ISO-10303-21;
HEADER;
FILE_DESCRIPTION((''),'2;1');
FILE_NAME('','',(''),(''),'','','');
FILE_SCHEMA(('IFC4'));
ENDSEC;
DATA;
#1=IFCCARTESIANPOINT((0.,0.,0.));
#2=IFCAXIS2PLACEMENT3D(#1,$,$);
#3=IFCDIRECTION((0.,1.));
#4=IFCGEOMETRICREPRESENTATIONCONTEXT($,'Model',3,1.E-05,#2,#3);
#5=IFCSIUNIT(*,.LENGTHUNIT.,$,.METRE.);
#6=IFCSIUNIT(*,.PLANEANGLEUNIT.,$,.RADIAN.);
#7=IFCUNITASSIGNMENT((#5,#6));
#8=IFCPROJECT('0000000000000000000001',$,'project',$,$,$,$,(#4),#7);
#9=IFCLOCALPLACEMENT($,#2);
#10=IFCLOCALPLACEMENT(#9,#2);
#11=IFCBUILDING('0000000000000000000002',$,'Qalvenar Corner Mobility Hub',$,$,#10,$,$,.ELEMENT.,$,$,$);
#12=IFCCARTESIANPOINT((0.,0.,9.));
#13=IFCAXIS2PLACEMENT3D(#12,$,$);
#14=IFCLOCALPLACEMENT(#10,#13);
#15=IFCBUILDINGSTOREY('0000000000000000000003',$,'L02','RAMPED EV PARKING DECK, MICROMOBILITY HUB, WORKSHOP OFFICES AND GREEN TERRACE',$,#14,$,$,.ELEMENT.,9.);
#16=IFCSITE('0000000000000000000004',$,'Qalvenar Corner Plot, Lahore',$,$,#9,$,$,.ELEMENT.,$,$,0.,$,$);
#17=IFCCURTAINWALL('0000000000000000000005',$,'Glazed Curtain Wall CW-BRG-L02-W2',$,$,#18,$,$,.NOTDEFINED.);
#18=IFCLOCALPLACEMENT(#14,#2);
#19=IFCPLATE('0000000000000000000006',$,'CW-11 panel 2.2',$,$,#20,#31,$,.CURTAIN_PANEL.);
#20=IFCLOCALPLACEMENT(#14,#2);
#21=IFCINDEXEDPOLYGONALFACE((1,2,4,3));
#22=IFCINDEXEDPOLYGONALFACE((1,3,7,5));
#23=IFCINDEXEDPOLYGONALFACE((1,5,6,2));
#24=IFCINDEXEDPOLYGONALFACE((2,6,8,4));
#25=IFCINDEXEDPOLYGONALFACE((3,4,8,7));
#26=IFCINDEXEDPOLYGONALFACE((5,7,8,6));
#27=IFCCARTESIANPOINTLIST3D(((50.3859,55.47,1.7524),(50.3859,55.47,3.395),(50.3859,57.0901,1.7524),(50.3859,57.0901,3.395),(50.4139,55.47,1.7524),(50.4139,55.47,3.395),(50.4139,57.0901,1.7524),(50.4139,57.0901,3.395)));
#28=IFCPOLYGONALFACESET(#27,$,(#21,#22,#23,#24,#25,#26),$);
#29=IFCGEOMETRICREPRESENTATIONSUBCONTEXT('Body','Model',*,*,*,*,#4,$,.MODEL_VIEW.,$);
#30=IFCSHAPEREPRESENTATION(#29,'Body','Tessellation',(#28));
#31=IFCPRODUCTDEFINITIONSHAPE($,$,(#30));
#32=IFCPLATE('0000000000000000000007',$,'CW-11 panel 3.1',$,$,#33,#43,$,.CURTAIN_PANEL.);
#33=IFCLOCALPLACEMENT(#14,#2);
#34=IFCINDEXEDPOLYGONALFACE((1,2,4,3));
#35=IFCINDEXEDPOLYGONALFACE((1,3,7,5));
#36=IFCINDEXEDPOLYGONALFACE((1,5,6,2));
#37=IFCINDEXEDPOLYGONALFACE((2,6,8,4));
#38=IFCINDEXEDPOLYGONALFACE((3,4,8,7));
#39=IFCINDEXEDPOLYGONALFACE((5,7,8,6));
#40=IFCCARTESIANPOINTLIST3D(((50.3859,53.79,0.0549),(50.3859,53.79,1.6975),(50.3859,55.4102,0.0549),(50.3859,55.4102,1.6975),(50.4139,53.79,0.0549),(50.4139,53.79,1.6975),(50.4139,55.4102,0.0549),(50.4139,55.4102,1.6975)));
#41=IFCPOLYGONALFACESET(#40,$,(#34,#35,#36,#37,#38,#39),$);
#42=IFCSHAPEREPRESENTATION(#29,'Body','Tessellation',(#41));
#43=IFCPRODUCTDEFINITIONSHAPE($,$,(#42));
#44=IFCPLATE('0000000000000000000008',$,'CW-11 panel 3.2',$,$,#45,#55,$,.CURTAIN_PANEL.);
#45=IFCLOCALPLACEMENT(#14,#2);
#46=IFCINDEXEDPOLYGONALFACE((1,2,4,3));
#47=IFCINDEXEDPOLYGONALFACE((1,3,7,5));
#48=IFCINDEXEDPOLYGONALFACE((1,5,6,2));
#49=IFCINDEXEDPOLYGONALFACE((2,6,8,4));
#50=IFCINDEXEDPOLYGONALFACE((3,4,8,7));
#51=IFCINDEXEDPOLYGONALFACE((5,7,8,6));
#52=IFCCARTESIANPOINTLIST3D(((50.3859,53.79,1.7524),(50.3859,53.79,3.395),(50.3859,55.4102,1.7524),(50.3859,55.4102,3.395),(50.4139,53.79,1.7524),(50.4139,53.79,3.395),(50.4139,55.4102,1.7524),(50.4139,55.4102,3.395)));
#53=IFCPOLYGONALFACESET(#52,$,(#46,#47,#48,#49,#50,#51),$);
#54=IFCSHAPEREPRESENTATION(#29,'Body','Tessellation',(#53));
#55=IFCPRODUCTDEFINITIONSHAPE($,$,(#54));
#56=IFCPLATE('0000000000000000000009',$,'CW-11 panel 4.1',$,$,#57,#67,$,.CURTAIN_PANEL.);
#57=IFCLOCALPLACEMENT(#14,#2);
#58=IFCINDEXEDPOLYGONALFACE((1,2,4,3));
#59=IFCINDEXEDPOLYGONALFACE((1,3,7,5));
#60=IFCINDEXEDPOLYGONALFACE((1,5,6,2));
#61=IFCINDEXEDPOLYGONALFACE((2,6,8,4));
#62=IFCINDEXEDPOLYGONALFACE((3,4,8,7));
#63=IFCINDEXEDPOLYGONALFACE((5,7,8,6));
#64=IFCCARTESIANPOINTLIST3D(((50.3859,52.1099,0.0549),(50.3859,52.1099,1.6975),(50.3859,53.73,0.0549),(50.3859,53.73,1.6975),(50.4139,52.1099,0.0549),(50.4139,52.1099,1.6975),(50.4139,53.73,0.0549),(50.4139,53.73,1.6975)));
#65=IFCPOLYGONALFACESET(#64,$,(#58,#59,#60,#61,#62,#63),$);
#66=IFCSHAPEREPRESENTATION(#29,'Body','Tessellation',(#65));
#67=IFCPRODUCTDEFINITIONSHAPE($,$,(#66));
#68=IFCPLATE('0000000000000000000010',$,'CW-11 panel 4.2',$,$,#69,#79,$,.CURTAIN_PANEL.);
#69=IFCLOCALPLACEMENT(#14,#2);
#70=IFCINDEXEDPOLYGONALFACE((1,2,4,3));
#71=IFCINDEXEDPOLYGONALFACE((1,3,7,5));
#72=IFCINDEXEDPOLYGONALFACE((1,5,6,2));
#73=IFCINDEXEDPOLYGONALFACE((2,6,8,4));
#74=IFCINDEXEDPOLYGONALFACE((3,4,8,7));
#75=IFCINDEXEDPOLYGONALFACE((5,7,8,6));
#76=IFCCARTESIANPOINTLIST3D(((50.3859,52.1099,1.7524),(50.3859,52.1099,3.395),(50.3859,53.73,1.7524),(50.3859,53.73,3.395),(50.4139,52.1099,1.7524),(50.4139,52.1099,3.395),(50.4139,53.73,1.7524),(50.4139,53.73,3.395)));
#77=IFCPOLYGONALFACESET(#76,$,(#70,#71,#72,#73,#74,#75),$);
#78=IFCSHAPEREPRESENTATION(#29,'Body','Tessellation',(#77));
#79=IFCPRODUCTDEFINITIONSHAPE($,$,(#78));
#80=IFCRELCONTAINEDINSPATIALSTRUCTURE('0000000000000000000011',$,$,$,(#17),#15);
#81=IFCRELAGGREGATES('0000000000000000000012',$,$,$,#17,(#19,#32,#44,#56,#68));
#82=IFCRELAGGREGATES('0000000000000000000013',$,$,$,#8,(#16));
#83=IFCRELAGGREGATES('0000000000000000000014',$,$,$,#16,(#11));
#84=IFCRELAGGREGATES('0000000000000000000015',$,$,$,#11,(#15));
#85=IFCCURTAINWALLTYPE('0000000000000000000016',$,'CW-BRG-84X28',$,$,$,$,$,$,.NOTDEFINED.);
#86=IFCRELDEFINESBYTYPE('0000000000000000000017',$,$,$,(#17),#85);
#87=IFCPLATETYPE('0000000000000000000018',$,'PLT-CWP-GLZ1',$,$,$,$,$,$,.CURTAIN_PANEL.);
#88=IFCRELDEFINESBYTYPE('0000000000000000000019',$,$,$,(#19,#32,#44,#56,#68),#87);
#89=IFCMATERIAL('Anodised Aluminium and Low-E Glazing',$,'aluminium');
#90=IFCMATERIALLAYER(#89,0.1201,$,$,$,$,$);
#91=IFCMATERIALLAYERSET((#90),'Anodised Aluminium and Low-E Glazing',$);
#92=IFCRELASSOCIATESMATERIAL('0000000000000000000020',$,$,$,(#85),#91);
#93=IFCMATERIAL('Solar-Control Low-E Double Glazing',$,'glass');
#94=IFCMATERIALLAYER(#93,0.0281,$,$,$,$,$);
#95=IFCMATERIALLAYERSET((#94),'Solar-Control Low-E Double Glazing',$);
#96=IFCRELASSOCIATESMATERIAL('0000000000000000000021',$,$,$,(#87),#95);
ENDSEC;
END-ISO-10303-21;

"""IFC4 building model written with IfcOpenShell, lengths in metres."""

from ifc_helpers import new_model, si_unit, direction, frame, origin, origin_2d, place, context, subcontext, project, spatial, rectangle, extrude, material, layer, layer_set, type_object, element, aggregate, save


model = new_model("IFC4")

# Units and contexts
model_context = context("Model", 3, precision=1e-05, world=origin(), true_north=direction((0.0, 1.0)))
body_context = subcontext(model_context, "Body", "Model", "MODEL_VIEW")
ifc_project = project(units=[si_unit("LENGTHUNIT", "METRE"), si_unit("PLANEANGLEUNIT", "RADIAN")], contexts=[model_context])

# Site, building, storey
site_placement = place(None, origin())
site = spatial("IfcSite", under=ifc_project, at=site_placement, Name="Qalvenar Corner Plot, Lahore", CompositionType="ELEMENT", RefElevation=0.0)
building_placement = place(site_placement, origin())
building = spatial("IfcBuilding", under=site, at=building_placement, Name="Qalvenar Corner Mobility Hub", CompositionType="ELEMENT")
storey_placement = place(building_placement, frame((0.0, 0.0, 9.0)))
storey = spatial("IfcBuildingStorey", under=building, at=storey_placement, Name="L02", Description="RAMPED EV PARKING DECK, MICROMOBILITY HUB, WORKSHOP OFFICES AND GREEN TERRACE", CompositionType="ELEMENT", Elevation=9.0)

# Curtain wall
ifc_material_1 = material(Name="Anodised Aluminium and Low-E Glazing", Category="aluminium")
ifc_layer_1 = layer(ifc_material_1, 0.1201)
ifc_layer_set_1 = layer_set([ifc_layer_1], Name="Anodised Aluminium and Low-E Glazing")
curtain_wall_type = type_object("IfcCurtainWallType", Name="CW-BRG-84X28", PredefinedType="NOTDEFINED", material=ifc_layer_set_1)
curtain_wall_placement = place(storey_placement, origin())
curtain_wall = element("IfcCurtainWall", 1, at=curtain_wall_placement, inside=storey, type_object=curtain_wall_type, Name="Glazed Curtain Wall CW-BRG-L02-W2", PredefinedType="NOTDEFINED")

# Plates
ifc_material_2 = material(Name="Solar-Control Low-E Double Glazing", Category="glass")
ifc_layer_2 = layer(ifc_material_2, 0.0281)
ifc_layer_set_2 = layer_set([ifc_layer_2], Name="Solar-Control Low-E Double Glazing")
plate_type_1 = type_object("IfcPlateType", Name="PLT-CWP-GLZ1", PredefinedType="CURTAIN_PANEL", material=ifc_layer_set_2)
plate_1_placement = place(storey_placement, frame((50.3999, 56.28, 1.7524), z_axis=(0.0, 0.0, 1.0), x_axis=(0.0, -1.0, 0.0)))
plate_1 = element("IfcPlate", 2, at=plate_1_placement, type_object=plate_type_1, Name="CW-11 panel 2.2", PredefinedType="CURTAIN_PANEL", context=body_context, shape_type="SweptSolid", body=[
    extrude(rectangle(XDim=1.6201, YDim=0.0281, at=origin_2d()), origin(), (0.0, 0.0, 1.0), 1.6426),
])
plate_2_placement = place(storey_placement, frame((50.3999, 54.6001, 0.0549), z_axis=(0.0, 0.0, 1.0), x_axis=(0.0, -1.0, 0.0)))
plate_2 = element("IfcPlate", 3, at=plate_2_placement, type_object=plate_type_1, Name="CW-11 panel 3.1", PredefinedType="CURTAIN_PANEL", context=body_context, shape_type="SweptSolid", body=[
    extrude(rectangle(XDim=1.6201, YDim=0.0281, at=origin_2d()), origin(), (0.0, 0.0, 1.0), 1.6426),
])
plate_3_placement = place(storey_placement, frame((50.3999, 54.6001, 1.7524), z_axis=(0.0, 0.0, 1.0), x_axis=(0.0, -1.0, 0.0)))
plate_3 = element("IfcPlate", 4, at=plate_3_placement, type_object=plate_type_1, Name="CW-11 panel 3.2", PredefinedType="CURTAIN_PANEL", context=body_context, shape_type="SweptSolid", body=[
    extrude(rectangle(XDim=1.6201, YDim=0.0281, at=origin_2d()), origin(), (0.0, 0.0, 1.0), 1.6426),
])
plate_4_placement = place(storey_placement, frame((50.3999, 52.9199, 0.0549), z_axis=(0.0, 0.0, 1.0), x_axis=(0.0, -1.0, 0.0)))
plate_4 = element("IfcPlate", 5, at=plate_4_placement, type_object=plate_type_1, Name="CW-11 panel 4.1", PredefinedType="CURTAIN_PANEL", context=body_context, shape_type="SweptSolid", body=[
    extrude(rectangle(XDim=1.6201, YDim=0.0281, at=origin_2d()), origin(), (0.0, 0.0, 1.0), 1.6426),
])
plate_5_placement = place(storey_placement, frame((50.3999, 52.9199, 1.7524), z_axis=(0.0, 0.0, 1.0), x_axis=(0.0, -1.0, 0.0)))
plate_5 = element("IfcPlate", 6, at=plate_5_placement, type_object=plate_type_1, Name="CW-11 panel 4.2", PredefinedType="CURTAIN_PANEL", context=body_context, shape_type="SweptSolid", body=[
    extrude(rectangle(XDim=1.6201, YDim=0.0281, at=origin_2d()), origin(), (0.0, 0.0, 1.0), 1.6426),
])
aggregate(curtain_wall, [plate_1, plate_2, plate_3, plate_4, plate_5])

save(model, "model.ifc")
